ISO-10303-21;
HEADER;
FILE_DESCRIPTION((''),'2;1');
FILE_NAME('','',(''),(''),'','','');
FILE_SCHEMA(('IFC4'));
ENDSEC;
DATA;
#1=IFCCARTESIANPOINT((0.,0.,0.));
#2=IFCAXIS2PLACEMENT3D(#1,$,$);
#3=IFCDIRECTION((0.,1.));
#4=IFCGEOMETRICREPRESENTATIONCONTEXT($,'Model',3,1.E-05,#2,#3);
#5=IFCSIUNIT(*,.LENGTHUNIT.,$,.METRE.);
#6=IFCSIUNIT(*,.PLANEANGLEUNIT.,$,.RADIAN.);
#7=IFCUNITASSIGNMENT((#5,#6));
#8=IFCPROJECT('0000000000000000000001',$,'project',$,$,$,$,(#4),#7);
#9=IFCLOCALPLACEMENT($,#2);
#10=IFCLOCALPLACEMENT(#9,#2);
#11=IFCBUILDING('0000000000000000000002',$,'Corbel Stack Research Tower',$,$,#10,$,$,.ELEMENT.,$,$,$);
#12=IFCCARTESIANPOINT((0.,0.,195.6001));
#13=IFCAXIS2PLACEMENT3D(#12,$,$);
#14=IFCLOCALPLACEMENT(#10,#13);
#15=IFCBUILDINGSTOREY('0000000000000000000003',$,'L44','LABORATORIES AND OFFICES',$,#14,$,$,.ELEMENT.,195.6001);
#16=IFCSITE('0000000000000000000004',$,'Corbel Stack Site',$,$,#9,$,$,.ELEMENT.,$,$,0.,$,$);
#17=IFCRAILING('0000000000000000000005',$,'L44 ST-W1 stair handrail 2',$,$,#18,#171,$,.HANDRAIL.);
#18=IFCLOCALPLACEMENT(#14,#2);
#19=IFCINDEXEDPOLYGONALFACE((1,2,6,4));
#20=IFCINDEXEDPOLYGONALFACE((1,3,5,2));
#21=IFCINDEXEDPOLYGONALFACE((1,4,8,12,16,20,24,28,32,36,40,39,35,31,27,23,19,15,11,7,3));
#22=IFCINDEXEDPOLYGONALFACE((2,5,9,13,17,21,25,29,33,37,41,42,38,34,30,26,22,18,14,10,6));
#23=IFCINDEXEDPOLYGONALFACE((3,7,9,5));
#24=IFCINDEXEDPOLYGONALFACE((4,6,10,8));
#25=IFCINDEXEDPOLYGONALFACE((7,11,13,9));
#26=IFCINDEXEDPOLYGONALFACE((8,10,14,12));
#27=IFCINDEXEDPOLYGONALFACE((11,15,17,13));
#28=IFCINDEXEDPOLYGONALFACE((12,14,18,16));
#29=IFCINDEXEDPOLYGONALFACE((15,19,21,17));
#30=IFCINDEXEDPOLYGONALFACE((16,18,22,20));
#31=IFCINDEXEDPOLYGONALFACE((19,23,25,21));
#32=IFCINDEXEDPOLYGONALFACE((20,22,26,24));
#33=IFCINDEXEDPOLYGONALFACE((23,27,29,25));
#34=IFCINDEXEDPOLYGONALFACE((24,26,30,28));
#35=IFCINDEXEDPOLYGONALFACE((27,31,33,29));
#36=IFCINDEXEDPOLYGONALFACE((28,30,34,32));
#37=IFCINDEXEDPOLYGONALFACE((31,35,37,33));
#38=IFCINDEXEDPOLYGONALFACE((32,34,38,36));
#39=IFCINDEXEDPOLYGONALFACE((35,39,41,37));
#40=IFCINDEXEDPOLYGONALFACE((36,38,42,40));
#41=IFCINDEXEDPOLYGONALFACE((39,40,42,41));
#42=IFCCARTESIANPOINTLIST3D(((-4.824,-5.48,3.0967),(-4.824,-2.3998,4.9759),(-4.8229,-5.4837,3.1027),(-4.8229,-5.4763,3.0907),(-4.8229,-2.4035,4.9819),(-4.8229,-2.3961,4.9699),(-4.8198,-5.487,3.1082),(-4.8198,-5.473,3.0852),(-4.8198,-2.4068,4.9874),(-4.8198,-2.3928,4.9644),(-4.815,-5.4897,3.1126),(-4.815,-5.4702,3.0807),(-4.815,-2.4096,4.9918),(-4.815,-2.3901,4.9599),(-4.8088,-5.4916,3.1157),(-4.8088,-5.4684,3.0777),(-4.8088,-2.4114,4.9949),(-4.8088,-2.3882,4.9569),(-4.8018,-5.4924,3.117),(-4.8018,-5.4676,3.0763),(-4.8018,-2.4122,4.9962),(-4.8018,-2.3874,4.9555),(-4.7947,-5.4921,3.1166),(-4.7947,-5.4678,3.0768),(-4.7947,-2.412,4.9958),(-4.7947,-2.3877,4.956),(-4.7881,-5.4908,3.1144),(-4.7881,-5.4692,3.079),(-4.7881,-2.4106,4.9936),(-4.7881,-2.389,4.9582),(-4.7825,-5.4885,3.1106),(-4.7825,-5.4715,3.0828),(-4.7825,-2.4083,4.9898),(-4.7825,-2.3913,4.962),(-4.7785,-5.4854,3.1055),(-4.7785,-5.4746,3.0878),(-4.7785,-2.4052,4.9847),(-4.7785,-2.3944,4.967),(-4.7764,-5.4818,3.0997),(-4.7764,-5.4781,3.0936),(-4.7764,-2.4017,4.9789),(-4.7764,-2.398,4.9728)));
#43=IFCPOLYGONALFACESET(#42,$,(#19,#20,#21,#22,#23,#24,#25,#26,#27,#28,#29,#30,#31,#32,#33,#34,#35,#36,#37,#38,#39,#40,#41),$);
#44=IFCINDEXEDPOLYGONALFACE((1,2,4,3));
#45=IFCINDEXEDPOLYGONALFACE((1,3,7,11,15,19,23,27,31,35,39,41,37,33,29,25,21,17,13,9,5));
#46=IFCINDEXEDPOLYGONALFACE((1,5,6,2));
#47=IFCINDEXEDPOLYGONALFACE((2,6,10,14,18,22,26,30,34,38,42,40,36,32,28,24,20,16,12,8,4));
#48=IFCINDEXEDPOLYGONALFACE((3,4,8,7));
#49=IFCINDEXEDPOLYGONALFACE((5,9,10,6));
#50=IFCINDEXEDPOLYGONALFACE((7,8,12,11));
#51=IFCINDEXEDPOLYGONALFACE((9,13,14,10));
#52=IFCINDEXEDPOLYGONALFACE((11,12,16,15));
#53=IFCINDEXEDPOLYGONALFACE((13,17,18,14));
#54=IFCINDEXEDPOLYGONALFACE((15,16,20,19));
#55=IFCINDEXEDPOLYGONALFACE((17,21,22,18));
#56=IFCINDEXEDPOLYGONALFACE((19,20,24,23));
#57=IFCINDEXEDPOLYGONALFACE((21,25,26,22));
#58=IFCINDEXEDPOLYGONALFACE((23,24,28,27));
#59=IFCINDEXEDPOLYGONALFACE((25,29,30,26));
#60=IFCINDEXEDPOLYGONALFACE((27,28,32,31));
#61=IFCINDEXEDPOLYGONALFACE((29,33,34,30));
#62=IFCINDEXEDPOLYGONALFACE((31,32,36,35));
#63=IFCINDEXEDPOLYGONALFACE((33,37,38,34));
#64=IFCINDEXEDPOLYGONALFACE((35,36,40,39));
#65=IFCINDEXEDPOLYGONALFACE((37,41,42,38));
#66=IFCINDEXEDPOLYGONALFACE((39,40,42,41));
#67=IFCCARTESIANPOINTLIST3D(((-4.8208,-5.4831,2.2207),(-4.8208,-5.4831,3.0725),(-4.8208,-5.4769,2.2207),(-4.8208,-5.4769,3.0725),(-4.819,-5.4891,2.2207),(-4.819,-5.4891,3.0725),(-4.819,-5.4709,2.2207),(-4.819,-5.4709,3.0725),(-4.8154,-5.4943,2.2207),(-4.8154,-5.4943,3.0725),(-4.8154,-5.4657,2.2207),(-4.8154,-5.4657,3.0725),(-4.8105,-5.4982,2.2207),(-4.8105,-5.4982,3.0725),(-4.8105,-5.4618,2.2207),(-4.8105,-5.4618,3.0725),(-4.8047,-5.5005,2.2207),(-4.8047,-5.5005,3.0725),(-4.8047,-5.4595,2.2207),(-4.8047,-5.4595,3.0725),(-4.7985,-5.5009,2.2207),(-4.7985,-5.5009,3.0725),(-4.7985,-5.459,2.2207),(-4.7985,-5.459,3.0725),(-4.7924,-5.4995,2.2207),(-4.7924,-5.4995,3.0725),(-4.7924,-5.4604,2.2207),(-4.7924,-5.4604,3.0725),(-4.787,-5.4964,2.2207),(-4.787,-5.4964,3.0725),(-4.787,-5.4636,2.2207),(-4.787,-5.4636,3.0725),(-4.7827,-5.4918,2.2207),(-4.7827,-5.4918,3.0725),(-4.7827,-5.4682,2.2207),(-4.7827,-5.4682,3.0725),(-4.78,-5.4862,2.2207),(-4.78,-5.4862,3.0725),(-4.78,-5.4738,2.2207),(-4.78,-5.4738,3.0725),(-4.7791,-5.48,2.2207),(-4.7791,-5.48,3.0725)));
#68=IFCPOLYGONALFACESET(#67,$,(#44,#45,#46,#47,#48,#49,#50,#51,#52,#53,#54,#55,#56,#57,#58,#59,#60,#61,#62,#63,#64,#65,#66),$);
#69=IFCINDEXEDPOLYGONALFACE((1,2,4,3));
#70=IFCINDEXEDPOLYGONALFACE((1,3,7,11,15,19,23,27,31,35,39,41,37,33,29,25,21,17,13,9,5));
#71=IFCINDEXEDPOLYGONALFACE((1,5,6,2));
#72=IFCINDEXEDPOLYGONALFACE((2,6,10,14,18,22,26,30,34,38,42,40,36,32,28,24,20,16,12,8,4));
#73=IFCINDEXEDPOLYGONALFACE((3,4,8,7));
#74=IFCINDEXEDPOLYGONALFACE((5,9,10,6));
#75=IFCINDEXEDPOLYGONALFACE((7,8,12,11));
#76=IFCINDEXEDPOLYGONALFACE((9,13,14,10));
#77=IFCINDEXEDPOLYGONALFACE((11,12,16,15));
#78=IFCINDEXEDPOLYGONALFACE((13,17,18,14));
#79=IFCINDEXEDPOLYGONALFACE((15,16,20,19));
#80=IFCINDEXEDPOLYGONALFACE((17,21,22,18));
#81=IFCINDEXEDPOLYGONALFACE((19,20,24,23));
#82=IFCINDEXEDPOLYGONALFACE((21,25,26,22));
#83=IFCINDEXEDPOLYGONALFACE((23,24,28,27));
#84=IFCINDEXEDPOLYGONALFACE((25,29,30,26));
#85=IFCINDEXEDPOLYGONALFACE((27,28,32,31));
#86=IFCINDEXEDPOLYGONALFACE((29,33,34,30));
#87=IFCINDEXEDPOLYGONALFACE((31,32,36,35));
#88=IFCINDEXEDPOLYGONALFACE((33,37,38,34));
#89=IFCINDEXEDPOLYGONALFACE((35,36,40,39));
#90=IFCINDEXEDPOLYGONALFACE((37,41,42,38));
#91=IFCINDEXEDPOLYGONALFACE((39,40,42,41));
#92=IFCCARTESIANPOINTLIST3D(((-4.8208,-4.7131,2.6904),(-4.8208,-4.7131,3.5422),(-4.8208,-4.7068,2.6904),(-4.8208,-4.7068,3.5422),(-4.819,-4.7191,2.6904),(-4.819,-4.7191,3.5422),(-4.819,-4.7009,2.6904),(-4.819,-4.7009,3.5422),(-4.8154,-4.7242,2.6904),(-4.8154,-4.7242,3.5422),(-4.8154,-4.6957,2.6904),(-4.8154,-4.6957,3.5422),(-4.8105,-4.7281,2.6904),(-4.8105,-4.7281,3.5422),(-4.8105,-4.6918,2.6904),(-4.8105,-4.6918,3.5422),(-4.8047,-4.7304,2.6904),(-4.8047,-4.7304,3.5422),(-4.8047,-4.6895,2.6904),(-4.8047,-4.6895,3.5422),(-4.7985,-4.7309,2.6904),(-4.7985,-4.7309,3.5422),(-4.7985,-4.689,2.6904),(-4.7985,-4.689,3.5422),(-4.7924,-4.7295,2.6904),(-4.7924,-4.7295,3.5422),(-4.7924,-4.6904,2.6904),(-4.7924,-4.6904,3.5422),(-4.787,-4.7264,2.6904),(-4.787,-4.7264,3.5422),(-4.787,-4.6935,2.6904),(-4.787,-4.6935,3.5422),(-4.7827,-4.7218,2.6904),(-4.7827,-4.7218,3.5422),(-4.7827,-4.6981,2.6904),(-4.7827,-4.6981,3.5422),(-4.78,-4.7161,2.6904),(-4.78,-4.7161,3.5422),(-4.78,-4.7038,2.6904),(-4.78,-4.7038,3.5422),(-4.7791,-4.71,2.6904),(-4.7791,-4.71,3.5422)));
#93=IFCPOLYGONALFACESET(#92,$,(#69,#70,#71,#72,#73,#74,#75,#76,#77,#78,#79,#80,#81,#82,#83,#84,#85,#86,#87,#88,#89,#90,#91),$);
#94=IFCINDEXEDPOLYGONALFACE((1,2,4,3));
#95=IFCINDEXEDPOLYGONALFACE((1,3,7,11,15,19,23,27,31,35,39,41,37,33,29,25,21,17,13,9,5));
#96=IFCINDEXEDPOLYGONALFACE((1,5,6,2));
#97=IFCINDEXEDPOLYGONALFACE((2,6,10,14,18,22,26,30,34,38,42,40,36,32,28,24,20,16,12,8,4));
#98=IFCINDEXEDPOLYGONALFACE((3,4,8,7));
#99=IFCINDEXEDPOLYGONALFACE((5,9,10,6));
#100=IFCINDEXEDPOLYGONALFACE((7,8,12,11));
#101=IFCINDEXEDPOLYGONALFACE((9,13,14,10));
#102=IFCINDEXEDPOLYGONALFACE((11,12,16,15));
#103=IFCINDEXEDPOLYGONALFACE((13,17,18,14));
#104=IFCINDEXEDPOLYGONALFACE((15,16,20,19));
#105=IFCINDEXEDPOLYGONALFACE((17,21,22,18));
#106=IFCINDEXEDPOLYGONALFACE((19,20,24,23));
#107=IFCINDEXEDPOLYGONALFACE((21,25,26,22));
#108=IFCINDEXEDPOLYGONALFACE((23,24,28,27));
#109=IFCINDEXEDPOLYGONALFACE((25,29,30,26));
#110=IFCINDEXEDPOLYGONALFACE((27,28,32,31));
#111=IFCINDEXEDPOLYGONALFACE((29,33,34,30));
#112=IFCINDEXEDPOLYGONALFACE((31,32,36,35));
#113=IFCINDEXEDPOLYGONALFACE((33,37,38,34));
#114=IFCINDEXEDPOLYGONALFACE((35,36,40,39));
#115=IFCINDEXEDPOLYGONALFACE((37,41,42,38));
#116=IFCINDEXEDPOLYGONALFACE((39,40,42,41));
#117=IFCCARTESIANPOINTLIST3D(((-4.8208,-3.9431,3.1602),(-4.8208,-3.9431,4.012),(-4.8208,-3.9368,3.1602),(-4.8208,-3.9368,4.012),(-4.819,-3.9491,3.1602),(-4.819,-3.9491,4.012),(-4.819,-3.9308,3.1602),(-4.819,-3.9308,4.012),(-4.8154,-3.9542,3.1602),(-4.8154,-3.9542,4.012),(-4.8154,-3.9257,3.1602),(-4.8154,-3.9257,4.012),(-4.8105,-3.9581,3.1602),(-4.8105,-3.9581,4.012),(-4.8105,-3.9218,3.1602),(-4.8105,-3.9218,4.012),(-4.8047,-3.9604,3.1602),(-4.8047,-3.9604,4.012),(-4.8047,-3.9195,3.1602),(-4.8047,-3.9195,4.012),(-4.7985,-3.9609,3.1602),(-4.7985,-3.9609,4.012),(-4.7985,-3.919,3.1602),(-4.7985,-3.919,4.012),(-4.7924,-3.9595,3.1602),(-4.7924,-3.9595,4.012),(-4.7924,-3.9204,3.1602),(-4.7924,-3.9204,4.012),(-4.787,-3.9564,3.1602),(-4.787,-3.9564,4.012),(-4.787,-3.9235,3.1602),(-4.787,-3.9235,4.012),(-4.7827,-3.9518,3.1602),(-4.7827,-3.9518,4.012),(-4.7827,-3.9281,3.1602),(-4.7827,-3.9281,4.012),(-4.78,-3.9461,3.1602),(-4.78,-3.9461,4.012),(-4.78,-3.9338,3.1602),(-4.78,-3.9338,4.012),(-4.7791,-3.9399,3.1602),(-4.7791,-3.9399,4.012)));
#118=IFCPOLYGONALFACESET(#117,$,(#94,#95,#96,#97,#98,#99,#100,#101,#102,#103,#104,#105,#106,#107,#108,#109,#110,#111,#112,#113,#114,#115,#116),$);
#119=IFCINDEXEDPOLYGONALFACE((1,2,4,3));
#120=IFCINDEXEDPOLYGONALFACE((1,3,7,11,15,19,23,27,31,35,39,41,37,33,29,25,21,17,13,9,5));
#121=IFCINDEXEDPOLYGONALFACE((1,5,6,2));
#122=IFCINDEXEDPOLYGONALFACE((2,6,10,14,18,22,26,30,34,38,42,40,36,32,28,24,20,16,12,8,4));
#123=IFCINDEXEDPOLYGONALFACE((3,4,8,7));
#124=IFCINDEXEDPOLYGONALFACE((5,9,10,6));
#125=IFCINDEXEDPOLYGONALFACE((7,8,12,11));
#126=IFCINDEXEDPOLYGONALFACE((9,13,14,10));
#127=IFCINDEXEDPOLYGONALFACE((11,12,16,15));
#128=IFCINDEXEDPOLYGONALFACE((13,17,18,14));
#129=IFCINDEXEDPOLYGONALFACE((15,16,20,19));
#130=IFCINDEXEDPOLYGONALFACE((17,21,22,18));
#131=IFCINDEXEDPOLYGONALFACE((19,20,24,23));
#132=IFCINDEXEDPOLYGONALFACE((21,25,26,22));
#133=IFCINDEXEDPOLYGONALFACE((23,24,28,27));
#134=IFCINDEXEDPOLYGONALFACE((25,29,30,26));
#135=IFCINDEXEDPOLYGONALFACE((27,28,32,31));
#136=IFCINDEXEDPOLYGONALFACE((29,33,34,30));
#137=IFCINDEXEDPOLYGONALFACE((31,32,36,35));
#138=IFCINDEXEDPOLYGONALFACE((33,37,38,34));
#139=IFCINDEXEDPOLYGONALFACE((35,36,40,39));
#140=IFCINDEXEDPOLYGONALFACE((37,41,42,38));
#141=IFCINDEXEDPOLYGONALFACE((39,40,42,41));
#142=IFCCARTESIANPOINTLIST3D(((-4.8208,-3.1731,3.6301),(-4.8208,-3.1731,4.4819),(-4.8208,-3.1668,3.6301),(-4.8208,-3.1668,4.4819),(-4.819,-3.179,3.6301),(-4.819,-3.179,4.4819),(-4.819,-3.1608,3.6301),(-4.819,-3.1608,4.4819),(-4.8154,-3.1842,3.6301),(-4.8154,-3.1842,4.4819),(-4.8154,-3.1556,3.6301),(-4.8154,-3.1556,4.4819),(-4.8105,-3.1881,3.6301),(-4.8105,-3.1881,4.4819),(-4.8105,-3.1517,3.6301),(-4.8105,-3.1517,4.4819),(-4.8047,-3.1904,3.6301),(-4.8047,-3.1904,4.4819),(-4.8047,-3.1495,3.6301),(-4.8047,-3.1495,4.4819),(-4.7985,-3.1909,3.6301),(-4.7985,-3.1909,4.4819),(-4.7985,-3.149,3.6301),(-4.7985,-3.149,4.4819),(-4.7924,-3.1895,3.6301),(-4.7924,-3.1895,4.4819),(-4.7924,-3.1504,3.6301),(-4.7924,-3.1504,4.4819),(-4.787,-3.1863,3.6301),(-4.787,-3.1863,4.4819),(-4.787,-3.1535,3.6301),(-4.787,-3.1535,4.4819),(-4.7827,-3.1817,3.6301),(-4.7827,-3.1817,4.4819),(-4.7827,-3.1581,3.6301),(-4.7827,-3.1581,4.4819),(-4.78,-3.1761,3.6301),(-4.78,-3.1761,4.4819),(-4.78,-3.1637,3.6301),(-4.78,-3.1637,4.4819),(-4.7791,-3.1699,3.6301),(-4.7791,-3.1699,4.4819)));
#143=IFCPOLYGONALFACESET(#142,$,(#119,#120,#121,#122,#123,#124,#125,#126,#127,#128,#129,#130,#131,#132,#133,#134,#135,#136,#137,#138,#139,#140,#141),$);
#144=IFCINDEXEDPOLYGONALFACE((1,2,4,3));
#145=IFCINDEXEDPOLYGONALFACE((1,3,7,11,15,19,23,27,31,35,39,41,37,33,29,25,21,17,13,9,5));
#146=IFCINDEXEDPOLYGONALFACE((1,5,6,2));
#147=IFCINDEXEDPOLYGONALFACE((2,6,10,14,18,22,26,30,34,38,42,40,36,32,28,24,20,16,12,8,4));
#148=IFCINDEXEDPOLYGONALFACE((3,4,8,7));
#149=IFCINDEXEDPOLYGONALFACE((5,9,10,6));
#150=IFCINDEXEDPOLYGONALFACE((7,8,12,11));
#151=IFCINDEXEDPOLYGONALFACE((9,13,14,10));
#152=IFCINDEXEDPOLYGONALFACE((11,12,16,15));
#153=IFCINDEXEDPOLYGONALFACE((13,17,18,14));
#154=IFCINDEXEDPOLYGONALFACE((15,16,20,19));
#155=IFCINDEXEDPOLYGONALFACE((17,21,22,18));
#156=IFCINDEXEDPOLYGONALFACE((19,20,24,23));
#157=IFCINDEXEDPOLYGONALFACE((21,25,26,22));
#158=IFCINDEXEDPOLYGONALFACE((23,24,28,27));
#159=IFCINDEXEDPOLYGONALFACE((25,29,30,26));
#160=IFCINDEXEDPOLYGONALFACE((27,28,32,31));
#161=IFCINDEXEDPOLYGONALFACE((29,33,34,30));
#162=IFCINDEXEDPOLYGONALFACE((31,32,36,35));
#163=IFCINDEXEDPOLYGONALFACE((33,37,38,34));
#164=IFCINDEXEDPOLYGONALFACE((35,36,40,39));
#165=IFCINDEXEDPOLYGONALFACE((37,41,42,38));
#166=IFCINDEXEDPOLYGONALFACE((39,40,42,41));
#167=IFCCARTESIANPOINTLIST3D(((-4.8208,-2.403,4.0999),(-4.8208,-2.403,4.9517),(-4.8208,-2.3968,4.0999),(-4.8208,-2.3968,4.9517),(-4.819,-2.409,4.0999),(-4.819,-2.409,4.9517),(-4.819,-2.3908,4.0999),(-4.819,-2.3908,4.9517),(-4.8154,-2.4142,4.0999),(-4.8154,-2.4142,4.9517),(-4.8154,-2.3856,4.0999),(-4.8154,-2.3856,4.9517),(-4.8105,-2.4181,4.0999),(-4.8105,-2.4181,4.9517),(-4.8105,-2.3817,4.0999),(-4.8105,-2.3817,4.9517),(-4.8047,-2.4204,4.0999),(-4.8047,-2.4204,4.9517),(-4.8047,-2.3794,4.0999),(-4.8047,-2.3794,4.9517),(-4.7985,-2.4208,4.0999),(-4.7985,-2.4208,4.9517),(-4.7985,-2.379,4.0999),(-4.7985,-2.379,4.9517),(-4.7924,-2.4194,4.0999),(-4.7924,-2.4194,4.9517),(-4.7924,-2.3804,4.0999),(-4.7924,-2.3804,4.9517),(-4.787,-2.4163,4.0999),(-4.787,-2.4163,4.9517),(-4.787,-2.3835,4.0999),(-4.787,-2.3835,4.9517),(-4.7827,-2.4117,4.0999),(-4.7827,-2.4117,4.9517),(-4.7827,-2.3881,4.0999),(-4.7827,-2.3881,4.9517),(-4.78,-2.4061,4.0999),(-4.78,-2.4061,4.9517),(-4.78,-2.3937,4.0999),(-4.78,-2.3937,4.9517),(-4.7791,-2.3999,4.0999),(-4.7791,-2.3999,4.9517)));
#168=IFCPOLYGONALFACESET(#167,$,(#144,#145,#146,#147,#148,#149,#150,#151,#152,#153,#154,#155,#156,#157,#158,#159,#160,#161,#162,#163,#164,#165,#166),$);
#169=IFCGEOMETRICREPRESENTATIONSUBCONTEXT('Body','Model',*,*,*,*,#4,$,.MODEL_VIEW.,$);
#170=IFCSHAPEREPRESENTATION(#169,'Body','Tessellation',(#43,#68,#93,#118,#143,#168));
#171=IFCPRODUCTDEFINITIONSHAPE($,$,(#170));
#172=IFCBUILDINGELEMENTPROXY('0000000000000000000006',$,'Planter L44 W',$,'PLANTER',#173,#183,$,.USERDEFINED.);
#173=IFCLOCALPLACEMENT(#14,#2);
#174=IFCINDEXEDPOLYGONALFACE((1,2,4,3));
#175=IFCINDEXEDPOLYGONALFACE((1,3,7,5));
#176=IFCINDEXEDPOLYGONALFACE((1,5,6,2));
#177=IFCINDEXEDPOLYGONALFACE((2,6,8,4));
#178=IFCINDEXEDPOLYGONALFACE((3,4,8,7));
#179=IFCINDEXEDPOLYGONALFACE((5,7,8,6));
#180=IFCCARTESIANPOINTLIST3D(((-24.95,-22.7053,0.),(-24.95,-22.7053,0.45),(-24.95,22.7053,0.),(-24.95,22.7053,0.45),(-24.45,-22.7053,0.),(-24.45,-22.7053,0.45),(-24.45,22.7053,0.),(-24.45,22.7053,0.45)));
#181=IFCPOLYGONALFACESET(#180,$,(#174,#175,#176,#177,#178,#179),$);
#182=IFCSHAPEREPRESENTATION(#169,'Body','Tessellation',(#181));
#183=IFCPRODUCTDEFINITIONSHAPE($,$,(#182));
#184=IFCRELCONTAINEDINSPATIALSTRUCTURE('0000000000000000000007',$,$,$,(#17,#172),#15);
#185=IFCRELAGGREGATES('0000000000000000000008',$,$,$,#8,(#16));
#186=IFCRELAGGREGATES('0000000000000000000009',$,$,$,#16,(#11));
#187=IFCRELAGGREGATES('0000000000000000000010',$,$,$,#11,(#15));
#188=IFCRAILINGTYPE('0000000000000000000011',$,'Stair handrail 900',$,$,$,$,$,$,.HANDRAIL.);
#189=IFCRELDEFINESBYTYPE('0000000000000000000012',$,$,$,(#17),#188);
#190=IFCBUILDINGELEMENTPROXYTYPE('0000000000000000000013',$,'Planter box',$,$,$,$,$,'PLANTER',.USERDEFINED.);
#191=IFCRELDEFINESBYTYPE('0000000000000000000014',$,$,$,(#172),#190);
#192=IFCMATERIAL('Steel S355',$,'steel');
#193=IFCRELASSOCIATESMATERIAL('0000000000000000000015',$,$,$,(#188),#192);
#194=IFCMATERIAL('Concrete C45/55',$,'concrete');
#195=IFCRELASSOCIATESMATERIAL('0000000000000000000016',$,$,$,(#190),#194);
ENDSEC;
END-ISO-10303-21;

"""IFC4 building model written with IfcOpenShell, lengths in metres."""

from ifc_helpers import new_model, si_unit, direction, frame, origin, origin_2d, place, context, subcontext, project, spatial, rectangle, circle, extrude, material, type_object, element, save


model = new_model("IFC4")

# Units and contexts
model_context = context("Model", 3, precision=1e-05, world=origin(), true_north=direction((0.0, 1.0)))
body_context = subcontext(model_context, "Body", "Model", "MODEL_VIEW")
ifc_project = project(units=[si_unit("LENGTHUNIT", "METRE"), si_unit("PLANEANGLEUNIT", "RADIAN")], contexts=[model_context])

# Site, building, storey
site_placement = place(None, origin())
site = spatial("IfcSite", under=ifc_project, at=site_placement, Name="Corbel Stack Site", CompositionType="ELEMENT", RefElevation=0.0)
building_placement = place(site_placement, origin())
building = spatial("IfcBuilding", under=site, at=building_placement, Name="Corbel Stack Research Tower", CompositionType="ELEMENT")
storey_placement = place(building_placement, frame((0.0, 0.0, 195.6001)))
storey = spatial("IfcBuildingStorey", under=building, at=storey_placement, Name="L44", Description="LABORATORIES AND OFFICES", CompositionType="ELEMENT", Elevation=195.6001)

# Railing
ifc_material_1 = material(Name="Steel S355", Category="steel")
railing_type_1 = type_object("IfcRailingType", Name="Stair handrail 900", PredefinedType="HANDRAIL", material=ifc_material_1)
railing_1_placement = place(storey_placement, frame((-4.8, -5.48, 2.2207)))
element("IfcRailing", 1, at=railing_1_placement, inside=storey, type_object=railing_type_1, Name="L44 ST-W1 stair handrail 2", PredefinedType="HANDRAIL", context=body_context, shape_type="SweptSolid", body=[
    extrude(circle(Radius=0.0239, at=origin_2d()), frame((0.0, 0.0, 0.876), z_axis=(0.0, 0.853666, 0.52082), x_axis=(-1.0, 0.0, 0.0)), (0.0, 0.0, 1.0), 3.6082),
    extrude(circle(Radius=0.021, at=origin_2d()), origin(), (0.0, 0.0, 1.0), 0.8518),
    extrude(circle(Radius=0.021, at=origin_2d()), frame((0.0, 0.77, 0.4697)), (0.0, 0.0, 1.0), 0.8518),
    extrude(circle(Radius=0.021, at=origin_2d()), frame((0.0, 1.54, 0.9395)), (0.0, 0.0, 1.0), 0.8518),
    extrude(circle(Radius=0.021, at=origin_2d()), frame((0.0, 2.3101, 1.4094)), (0.0, 0.0, 1.0), 0.8518),
    extrude(circle(Radius=0.021, at=origin_2d()), frame((0.0, 3.0801, 1.8792)), (0.0, 0.0, 1.0), 0.8518),
])

# Building element proxy
ifc_material_2 = material(Name="Concrete C45/55", Category="concrete")
building_element_proxy_type = type_object("IfcBuildingElementProxyType", Name="Planter box", ElementType="PLANTER", PredefinedType="USERDEFINED", material=ifc_material_2)
proxy_placement = place(storey_placement, frame((-24.7, 0.0, 0.0), z_axis=(0.0, 0.0, 1.0), x_axis=(0.0, -1.0, 0.0)))
element("IfcBuildingElementProxy", 2, at=proxy_placement, inside=storey, type_object=building_element_proxy_type, Name="Planter L44 W", ObjectType="PLANTER", PredefinedType="USERDEFINED", context=body_context, shape_type="SweptSolid", body=[
    extrude(rectangle(XDim=45.4106, YDim=0.5, at=origin_2d()), origin(), (0.0, 0.0, 1.0), 0.45),
])

save(model, "model.ifc")
